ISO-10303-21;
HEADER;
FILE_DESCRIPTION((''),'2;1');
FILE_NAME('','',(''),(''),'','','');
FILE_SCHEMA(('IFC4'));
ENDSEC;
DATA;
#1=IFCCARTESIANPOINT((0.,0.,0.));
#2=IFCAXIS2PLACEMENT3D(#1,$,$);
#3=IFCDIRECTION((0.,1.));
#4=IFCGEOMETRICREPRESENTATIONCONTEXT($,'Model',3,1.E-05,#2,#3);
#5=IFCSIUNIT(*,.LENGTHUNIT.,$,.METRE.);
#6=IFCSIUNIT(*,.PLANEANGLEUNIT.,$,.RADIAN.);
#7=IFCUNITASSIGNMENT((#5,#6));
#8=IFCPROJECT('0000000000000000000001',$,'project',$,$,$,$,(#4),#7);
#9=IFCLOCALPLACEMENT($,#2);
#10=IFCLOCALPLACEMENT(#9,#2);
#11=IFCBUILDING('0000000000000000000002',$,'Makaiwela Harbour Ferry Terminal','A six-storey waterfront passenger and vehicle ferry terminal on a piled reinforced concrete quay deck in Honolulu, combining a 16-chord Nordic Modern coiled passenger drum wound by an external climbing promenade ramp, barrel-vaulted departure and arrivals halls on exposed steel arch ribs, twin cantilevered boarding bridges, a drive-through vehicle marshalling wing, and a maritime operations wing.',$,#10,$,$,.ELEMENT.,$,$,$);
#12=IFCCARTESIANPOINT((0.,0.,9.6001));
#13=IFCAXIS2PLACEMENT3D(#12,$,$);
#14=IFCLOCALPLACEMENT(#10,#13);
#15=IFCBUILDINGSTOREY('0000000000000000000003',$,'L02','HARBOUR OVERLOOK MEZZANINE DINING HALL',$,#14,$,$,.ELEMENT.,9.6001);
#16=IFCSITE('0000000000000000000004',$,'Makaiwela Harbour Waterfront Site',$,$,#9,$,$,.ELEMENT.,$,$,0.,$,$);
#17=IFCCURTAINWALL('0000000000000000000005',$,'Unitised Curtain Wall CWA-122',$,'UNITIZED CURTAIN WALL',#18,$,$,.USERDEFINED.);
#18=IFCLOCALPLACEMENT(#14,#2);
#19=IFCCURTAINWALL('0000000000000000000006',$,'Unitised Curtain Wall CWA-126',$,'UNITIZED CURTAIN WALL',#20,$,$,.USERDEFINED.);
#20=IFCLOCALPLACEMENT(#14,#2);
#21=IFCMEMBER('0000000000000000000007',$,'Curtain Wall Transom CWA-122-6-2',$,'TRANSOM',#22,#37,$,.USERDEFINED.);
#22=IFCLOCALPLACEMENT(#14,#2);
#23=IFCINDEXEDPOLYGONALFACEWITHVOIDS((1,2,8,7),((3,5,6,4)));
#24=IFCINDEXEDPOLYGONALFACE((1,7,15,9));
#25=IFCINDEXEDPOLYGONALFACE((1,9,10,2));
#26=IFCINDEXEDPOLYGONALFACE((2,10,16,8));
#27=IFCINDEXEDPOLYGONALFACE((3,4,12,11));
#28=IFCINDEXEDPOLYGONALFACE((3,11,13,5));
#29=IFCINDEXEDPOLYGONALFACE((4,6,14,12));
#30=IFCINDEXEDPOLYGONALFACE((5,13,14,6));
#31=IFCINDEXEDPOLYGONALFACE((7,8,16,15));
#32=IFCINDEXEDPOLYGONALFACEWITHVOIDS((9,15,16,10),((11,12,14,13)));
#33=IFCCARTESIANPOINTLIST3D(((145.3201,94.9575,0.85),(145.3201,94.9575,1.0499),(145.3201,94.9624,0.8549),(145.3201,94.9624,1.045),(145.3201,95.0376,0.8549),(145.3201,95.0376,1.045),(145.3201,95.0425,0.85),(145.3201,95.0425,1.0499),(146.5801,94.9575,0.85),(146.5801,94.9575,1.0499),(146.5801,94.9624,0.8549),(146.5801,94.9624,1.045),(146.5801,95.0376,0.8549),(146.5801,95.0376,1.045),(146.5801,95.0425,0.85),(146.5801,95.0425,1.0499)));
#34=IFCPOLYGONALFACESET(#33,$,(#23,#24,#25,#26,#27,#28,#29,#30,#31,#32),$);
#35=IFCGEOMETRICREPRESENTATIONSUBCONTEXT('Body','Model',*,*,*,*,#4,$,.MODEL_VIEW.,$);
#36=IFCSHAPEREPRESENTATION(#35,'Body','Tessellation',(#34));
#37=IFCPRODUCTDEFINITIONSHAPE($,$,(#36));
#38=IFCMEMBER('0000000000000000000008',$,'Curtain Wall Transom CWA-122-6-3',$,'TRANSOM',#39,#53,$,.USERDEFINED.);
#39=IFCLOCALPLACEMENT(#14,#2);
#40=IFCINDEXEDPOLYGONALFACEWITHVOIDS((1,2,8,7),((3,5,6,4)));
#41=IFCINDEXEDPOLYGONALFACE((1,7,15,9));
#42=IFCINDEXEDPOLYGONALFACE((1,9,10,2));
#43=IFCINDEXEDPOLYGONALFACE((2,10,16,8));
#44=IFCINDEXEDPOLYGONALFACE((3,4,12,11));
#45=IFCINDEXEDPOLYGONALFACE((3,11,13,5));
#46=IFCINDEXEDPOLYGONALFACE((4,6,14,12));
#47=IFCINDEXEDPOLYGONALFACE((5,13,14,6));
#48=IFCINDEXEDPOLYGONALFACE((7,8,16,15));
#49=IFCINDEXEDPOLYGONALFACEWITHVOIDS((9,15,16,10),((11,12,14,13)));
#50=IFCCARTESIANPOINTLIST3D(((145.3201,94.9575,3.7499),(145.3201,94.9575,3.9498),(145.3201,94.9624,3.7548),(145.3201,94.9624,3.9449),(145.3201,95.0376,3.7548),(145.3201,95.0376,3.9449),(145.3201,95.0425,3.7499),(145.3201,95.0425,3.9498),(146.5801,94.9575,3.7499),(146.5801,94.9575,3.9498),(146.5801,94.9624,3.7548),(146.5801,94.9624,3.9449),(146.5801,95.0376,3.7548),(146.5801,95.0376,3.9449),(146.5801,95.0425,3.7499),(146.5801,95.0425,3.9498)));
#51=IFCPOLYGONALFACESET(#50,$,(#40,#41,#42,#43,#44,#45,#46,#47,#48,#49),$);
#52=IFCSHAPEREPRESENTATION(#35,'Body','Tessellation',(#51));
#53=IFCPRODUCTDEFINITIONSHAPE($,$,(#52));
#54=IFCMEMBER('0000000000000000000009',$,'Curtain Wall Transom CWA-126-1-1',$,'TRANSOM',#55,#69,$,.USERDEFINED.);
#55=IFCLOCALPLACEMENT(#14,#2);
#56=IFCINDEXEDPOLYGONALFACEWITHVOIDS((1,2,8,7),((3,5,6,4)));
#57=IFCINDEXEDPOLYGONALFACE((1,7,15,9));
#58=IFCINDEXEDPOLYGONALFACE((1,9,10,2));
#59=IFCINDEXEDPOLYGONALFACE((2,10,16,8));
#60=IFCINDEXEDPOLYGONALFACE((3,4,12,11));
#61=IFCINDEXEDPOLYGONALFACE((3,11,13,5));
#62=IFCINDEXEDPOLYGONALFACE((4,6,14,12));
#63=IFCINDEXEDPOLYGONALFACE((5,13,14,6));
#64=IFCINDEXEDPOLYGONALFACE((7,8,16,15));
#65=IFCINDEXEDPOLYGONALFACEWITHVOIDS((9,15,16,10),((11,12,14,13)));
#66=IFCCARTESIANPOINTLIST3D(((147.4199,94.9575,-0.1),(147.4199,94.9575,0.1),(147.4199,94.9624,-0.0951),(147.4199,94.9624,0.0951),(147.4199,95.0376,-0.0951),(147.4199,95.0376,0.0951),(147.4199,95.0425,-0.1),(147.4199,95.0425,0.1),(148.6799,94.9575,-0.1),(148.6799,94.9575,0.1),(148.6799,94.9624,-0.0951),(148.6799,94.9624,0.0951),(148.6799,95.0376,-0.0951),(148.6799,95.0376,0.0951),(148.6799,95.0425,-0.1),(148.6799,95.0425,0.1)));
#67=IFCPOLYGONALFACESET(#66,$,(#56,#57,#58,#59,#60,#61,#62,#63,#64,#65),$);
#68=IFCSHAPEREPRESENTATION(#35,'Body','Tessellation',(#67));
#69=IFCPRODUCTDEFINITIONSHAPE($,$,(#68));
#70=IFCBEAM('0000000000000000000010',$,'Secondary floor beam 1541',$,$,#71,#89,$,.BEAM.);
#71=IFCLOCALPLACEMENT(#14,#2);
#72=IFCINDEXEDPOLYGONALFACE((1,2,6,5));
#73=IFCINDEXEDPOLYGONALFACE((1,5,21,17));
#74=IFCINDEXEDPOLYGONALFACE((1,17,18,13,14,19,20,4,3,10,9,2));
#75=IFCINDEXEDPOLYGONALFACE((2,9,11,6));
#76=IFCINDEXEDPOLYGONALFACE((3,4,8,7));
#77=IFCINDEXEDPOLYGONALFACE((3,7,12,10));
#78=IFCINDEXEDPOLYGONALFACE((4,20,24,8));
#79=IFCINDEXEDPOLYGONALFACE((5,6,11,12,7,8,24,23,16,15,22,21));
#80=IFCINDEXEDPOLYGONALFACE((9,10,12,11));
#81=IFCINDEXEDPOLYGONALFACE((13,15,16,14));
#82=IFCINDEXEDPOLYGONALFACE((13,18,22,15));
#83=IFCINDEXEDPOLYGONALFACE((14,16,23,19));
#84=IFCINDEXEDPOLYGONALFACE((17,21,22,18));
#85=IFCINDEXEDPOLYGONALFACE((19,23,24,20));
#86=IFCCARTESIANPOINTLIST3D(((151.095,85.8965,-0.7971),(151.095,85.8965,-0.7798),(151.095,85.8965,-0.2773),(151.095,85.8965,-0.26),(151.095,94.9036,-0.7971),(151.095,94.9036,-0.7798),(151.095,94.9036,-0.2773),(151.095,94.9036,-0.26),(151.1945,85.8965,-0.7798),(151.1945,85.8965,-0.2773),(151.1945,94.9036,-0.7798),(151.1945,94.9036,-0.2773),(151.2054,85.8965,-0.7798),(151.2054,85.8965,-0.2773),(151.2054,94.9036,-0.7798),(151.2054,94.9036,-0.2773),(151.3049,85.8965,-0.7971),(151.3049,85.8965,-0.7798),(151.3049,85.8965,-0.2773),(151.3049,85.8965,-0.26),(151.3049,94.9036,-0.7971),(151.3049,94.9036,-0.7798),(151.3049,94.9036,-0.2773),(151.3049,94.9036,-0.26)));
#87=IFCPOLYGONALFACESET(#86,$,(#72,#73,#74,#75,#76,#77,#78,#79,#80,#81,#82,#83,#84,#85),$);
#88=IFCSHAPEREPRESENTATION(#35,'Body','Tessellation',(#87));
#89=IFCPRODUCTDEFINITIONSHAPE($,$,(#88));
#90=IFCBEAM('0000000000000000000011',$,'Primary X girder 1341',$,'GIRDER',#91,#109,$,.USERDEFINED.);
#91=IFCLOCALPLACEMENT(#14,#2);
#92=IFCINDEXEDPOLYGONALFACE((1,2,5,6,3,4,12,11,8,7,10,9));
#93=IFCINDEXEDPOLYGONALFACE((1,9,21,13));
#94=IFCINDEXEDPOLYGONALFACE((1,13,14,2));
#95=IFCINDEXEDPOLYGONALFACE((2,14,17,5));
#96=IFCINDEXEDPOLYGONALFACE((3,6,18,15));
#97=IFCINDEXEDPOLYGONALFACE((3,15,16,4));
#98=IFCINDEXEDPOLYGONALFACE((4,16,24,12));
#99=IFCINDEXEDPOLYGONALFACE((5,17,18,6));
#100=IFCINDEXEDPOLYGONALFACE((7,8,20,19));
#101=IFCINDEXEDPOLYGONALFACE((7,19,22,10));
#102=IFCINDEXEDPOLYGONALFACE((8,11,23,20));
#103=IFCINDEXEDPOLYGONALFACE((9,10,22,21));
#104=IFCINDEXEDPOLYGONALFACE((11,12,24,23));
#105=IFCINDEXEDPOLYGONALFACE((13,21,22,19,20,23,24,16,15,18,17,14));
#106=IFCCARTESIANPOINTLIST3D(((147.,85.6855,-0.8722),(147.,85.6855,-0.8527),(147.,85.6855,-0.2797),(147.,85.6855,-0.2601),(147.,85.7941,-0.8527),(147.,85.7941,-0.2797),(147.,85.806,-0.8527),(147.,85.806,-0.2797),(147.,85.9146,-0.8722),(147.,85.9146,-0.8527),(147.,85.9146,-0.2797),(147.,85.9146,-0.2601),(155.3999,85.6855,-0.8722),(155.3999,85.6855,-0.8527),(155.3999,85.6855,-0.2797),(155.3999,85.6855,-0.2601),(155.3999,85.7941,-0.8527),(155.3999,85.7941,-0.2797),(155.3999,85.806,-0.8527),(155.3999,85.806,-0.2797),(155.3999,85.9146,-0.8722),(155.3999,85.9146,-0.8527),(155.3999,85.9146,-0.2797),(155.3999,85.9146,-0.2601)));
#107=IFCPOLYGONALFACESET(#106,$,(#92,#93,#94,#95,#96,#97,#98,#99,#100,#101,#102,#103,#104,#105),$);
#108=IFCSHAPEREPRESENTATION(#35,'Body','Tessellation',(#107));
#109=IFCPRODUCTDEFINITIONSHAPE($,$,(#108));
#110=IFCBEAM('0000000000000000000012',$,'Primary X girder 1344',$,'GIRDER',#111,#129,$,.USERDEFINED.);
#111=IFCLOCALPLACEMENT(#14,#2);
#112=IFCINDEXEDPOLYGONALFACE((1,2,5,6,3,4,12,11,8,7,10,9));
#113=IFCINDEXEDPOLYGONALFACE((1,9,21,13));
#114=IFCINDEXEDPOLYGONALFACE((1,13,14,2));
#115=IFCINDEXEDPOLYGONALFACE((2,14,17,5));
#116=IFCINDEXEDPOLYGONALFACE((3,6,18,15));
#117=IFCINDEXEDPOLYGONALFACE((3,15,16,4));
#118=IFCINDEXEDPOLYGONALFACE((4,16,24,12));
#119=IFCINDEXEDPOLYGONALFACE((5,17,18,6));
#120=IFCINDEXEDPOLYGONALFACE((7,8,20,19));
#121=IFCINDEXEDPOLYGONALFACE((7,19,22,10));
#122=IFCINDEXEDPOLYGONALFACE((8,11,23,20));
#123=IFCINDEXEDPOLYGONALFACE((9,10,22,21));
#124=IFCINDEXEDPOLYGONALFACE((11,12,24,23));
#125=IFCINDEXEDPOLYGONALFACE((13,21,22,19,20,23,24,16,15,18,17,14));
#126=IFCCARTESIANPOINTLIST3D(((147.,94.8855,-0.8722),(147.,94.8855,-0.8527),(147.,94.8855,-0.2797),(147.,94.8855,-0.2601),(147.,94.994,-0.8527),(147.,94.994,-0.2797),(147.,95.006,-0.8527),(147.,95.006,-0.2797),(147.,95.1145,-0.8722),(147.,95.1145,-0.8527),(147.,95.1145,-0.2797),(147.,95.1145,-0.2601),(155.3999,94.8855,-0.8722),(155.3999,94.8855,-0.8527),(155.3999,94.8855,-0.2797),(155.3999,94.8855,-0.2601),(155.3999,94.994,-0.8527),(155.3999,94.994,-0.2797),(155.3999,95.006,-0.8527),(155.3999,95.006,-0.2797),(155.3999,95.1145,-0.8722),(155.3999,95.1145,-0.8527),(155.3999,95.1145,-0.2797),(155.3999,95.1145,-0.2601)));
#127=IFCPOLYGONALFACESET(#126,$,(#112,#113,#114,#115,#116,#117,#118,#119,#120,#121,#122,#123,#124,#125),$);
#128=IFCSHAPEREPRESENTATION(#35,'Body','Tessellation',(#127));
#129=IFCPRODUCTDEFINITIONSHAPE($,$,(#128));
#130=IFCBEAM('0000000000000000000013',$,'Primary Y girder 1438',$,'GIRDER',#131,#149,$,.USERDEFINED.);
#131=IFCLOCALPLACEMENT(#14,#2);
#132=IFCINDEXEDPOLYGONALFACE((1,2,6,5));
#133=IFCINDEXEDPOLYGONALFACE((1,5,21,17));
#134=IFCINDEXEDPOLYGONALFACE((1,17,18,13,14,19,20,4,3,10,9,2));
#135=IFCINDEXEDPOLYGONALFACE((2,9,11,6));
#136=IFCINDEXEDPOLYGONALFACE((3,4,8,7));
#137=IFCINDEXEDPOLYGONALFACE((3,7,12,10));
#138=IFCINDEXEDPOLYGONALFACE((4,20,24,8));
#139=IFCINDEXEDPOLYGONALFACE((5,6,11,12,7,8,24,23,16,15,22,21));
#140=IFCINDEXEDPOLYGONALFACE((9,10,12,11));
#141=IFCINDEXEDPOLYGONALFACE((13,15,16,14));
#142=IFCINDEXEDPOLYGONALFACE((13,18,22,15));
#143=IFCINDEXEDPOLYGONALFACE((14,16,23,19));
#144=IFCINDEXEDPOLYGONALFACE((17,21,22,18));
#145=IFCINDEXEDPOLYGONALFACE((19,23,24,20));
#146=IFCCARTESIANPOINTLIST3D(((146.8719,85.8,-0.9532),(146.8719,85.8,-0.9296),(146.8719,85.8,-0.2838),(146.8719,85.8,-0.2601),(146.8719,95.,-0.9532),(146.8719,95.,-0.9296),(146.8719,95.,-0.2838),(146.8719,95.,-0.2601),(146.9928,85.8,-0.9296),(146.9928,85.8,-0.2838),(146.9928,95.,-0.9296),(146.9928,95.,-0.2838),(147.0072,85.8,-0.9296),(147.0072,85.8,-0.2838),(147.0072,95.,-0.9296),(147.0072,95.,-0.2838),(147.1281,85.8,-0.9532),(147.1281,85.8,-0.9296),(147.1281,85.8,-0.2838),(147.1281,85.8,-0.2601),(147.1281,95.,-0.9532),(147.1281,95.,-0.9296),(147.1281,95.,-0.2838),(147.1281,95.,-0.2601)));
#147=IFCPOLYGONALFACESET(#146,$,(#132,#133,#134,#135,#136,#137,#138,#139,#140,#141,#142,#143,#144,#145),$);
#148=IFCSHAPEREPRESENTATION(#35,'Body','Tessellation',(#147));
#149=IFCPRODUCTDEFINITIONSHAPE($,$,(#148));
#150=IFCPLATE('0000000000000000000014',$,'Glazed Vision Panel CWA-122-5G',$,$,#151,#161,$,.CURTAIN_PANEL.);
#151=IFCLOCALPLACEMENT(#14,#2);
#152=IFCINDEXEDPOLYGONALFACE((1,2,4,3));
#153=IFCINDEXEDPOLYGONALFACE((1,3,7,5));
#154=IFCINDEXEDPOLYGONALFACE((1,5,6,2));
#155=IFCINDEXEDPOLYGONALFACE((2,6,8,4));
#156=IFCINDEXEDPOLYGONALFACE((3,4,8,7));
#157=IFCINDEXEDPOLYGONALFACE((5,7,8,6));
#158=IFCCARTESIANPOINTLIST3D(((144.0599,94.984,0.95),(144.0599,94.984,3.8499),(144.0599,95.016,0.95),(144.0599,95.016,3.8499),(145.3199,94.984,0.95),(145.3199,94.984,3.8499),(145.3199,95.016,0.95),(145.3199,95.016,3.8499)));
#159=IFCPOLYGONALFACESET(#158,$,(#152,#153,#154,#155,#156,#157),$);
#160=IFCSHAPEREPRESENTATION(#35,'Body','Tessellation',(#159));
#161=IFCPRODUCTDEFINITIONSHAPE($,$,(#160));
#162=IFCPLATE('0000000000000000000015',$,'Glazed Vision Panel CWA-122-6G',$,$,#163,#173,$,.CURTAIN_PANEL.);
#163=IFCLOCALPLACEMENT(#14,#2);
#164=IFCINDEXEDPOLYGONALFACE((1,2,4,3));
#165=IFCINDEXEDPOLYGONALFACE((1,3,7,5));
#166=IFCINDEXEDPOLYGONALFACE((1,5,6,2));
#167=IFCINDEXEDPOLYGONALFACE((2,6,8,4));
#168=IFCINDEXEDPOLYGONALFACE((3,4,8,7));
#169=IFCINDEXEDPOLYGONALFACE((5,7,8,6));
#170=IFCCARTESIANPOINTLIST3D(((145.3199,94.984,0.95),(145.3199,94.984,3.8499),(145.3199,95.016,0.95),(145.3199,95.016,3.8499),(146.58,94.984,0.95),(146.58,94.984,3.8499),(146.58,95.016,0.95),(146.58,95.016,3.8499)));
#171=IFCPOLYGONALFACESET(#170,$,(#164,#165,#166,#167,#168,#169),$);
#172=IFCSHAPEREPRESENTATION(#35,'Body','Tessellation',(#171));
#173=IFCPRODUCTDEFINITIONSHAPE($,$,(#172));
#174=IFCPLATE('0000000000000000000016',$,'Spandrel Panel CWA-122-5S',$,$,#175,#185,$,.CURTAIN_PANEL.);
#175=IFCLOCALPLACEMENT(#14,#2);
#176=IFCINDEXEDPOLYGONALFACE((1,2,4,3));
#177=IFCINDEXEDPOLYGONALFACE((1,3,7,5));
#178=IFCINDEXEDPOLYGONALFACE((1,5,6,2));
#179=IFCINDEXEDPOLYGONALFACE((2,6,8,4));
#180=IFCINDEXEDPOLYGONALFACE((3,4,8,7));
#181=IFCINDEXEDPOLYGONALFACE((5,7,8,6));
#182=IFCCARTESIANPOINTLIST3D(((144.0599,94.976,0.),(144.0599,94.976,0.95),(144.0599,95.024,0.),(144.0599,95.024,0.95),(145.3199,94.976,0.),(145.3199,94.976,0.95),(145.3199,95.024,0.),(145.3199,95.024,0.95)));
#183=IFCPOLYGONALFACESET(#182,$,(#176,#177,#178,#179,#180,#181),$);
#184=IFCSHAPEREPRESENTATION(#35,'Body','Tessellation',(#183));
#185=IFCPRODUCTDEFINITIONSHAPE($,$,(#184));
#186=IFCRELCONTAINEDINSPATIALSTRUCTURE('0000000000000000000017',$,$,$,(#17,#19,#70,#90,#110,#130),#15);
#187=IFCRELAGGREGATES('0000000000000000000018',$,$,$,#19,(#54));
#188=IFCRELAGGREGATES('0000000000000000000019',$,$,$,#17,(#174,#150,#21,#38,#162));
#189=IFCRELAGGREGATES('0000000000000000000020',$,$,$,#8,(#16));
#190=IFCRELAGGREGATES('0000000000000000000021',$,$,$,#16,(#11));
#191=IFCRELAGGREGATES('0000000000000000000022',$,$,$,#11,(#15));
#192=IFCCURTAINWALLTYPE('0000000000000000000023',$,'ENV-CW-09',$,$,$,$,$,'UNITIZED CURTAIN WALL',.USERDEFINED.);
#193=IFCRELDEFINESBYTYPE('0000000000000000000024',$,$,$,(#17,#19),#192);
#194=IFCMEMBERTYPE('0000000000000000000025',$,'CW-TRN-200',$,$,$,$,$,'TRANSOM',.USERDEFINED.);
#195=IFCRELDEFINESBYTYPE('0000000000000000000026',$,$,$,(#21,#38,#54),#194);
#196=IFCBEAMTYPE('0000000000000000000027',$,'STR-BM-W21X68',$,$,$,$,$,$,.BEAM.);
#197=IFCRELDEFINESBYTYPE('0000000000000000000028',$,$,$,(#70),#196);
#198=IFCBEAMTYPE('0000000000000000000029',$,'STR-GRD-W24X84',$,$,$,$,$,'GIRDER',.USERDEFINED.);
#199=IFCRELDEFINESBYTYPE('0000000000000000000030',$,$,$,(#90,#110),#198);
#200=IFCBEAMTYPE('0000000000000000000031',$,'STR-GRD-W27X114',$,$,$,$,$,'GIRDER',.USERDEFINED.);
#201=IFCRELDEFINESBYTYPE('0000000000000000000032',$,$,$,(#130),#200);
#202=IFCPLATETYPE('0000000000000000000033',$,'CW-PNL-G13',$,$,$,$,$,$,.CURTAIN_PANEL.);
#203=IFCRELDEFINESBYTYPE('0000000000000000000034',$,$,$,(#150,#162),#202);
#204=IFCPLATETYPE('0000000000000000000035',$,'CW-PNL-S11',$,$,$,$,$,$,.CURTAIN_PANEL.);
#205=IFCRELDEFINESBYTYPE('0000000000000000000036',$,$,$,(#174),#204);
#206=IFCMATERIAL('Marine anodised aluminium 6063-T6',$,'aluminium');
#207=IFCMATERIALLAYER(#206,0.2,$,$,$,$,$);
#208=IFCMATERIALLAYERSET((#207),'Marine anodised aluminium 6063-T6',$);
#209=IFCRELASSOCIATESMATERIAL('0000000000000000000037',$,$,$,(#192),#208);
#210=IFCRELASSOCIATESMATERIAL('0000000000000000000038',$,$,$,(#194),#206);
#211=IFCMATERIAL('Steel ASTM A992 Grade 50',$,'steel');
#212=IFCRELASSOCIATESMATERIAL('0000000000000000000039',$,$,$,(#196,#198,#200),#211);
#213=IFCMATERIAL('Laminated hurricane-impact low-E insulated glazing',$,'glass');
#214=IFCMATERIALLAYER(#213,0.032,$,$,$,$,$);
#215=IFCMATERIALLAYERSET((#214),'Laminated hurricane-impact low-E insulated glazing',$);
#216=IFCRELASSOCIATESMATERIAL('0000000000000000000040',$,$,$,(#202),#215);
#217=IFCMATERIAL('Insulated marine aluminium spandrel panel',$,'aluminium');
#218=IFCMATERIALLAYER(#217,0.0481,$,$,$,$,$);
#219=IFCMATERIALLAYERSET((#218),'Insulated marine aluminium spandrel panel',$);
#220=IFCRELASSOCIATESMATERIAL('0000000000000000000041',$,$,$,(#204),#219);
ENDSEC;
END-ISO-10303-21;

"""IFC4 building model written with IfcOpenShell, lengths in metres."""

from ifc_helpers import new_model, si_unit, direction, frame, origin, origin_2d, place, context, subcontext, project, spatial, rectangle, hollow_rectangle, i_section, extrude, material, layer, layer_set, material_profile, profile_set, type_object, element, aggregate, save


model = new_model("IFC4")

# Units and contexts
model_context = context("Model", 3, precision=1e-05, world=origin(), true_north=direction((0.0, 1.0)))
body_context = subcontext(model_context, "Body", "Model", "MODEL_VIEW")
ifc_project = project(units=[si_unit("LENGTHUNIT", "METRE"), si_unit("PLANEANGLEUNIT", "RADIAN")], contexts=[model_context])

# Site, building, storey
site_placement = place(None, origin())
site = spatial("IfcSite", under=ifc_project, at=site_placement, Name="Makaiwela Harbour Waterfront Site", CompositionType="ELEMENT", RefElevation=0.0)
building_placement = place(site_placement, origin())
building = spatial("IfcBuilding", under=site, at=building_placement, Name="Makaiwela Harbour Ferry Terminal", Description="A six-storey waterfront passenger and vehicle ferry terminal on a piled reinforced concrete quay deck in Honolulu, combining a 16-chord Nordic Modern coiled passenger drum wound by an external climbing promenade ramp, barrel-vaulted departure and arrivals halls on exposed steel arch ribs, twin cantilevered boarding bridges, a drive-through vehicle marshalling wing, and a maritime operations wing.", CompositionType="ELEMENT")
storey_placement = place(building_placement, frame((0.0, 0.0, 9.6001)))
storey = spatial("IfcBuildingStorey", under=building, at=storey_placement, Name="L02", Description="HARBOUR OVERLOOK MEZZANINE DINING HALL", CompositionType="ELEMENT", Elevation=9.6001)

# Shared definitions
ifc_material_1 = material(Name="Steel ASTM A992 Grade 50", Category="steel")

# Curtain wall
ifc_material_2 = material(Name="Marine anodised aluminium 6063-T6", Category="aluminium")
ifc_layer_1 = layer(ifc_material_2, 0.2)
ifc_layer_set_1 = layer_set([ifc_layer_1], Name="Marine anodised aluminium 6063-T6")
curtain_wall_type = type_object("IfcCurtainWallType", Name="ENV-CW-09", ElementType="UNITIZED CURTAIN WALL", PredefinedType="USERDEFINED", material=ifc_layer_set_1)
curtain_wall_1_placement = place(storey_placement, origin())
curtain_wall_1 = element("IfcCurtainWall", 1, at=curtain_wall_1_placement, inside=storey, type_object=curtain_wall_type, Name="Unitised Curtain Wall CWA-122", ObjectType="UNITIZED CURTAIN WALL", PredefinedType="USERDEFINED")

# Curtain wall
curtain_wall_2_placement = place(storey_placement, origin())
curtain_wall_2 = element("IfcCurtainWall", 2, at=curtain_wall_2_placement, inside=storey, type_object=curtain_wall_type, Name="Unitised Curtain Wall CWA-126", ObjectType="UNITIZED CURTAIN WALL", PredefinedType="USERDEFINED")

# Members
ifc_material_profile_1 = material_profile(ifc_material_2, hollow_rectangle(XDim=0.085, YDim=0.2, WallThickness=0.0049, at=origin_2d()), Name="CWT-200X85")
ifc_profile_set_1 = profile_set([ifc_material_profile_1], Name="Marine anodised aluminium 6063-T6")
member_type_1 = type_object("IfcMemberType", Name="CW-TRN-200", ElementType="TRANSOM", PredefinedType="USERDEFINED", material=ifc_profile_set_1)
member_1_placement = place(storey_placement, frame((145.3201, 95.0, 0.95), z_axis=(1.0, 0.0, 0.0), x_axis=(0.0, 1.0, 0.0)))
member_1 = element("IfcMember", 3, at=member_1_placement, type_object=member_type_1, Name="Curtain Wall Transom CWA-122-6-2", ObjectType="TRANSOM", PredefinedType="USERDEFINED", context=body_context, shape_type="SweptSolid", body=[
    extrude(hollow_rectangle(XDim=0.085, YDim=0.2, WallThickness=0.0049, at=origin_2d()), origin(), (0.0, 0.0, 1.0), 1.26),
])
member_2_placement = place(storey_placement, frame((145.3201, 95.0, 3.8499), z_axis=(1.0, 0.0, 0.0), x_axis=(0.0, 1.0, 0.0)))
member_2 = element("IfcMember", 4, at=member_2_placement, type_object=member_type_1, Name="Curtain Wall Transom CWA-122-6-3", ObjectType="TRANSOM", PredefinedType="USERDEFINED", context=body_context, shape_type="SweptSolid", body=[
    extrude(hollow_rectangle(XDim=0.085, YDim=0.2, WallThickness=0.0049, at=origin_2d()), origin(), (0.0, 0.0, 1.0), 1.26),
])
member_3_placement = place(storey_placement, frame((147.4199, 95.0, 0.0), z_axis=(1.0, 0.0, 0.0), x_axis=(0.0, 1.0, 0.0)))
member_3 = element("IfcMember", 5, at=member_3_placement, type_object=member_type_1, Name="Curtain Wall Transom CWA-126-1-1", ObjectType="TRANSOM", PredefinedType="USERDEFINED", context=body_context, shape_type="SweptSolid", body=[
    extrude(hollow_rectangle(XDim=0.085, YDim=0.2, WallThickness=0.0049, at=origin_2d()), origin(), (0.0, 0.0, 1.0), 1.26),
])
aggregate(curtain_wall_2, [member_3])

# Beams
ifc_material_profile_2 = material_profile(ifc_material_1, i_section(OverallWidth=0.21, OverallDepth=0.5371, WebThickness=0.011, FlangeThickness=0.0173, at=origin_2d()), Name="W21X68")
ifc_profile_set_2 = profile_set([ifc_material_profile_2], Name="Steel ASTM A992 Grade 50")
beam_type_1 = type_object("IfcBeamType", Name="STR-BM-W21X68", PredefinedType="BEAM", material=ifc_profile_set_2)
beam_1_placement = place(storey_placement, frame((151.2, 85.8965, -0.5286), z_axis=(0.0, 1.0, 0.0), x_axis=(-1.0, 0.0, 0.0)))
element("IfcBeam", 6, at=beam_1_placement, inside=storey, type_object=beam_type_1, Name="Secondary floor beam 1541", PredefinedType="BEAM", context=body_context, shape_type="SweptSolid", body=[
    extrude(i_section(OverallWidth=0.21, OverallDepth=0.5371, WebThickness=0.011, FlangeThickness=0.0173, at=origin_2d()), origin(), (0.0, 0.0, 1.0), 9.0071),
])
ifc_material_profile_3 = material_profile(ifc_material_1, i_section(OverallWidth=0.229, OverallDepth=0.6121, WebThickness=0.012, FlangeThickness=0.0195, at=origin_2d()), Name="W24X84")
ifc_profile_set_3 = profile_set([ifc_material_profile_3], Name="Steel ASTM A992 Grade 50")
beam_type_2 = type_object("IfcBeamType", Name="STR-GRD-W24X84", ElementType="GIRDER", PredefinedType="USERDEFINED", material=ifc_profile_set_3)
for number, where, z_axis, x_axis, name in (
    (7, (147.0, 85.8, -0.5662), (1.0, 0.0, 0.0), (0.0, 1.0, 0.0), "Primary X girder 1341"),
    (8, (147.0, 95.0, -0.5662), (1.0, 0.0, 0.0), (0.0, 1.0, 0.0), "Primary X girder 1344"),
):
    element("IfcBeam", number, at=place(storey_placement, frame(where, z_axis=z_axis, x_axis=x_axis)), inside=storey, type_object=beam_type_2, Name=name, ObjectType="GIRDER", PredefinedType="USERDEFINED", context=body_context, shape_type="SweptSolid", body=[
        extrude(i_section(OverallWidth=0.229, OverallDepth=0.6121, WebThickness=0.012, FlangeThickness=0.0195, at=origin_2d()), origin(), (0.0, 0.0, 1.0), 8.3999),
    ])
ifc_material_profile_4 = material_profile(ifc_material_1, i_section(OverallWidth=0.2561, OverallDepth=0.6931, WebThickness=0.0144, FlangeThickness=0.0237, at=origin_2d()), Name="W27X114")
ifc_profile_set_4 = profile_set([ifc_material_profile_4], Name="Steel ASTM A992 Grade 50")
beam_type_3 = type_object("IfcBeamType", Name="STR-GRD-W27X114", ElementType="GIRDER", PredefinedType="USERDEFINED", material=ifc_profile_set_4)
beam_2_placement = place(storey_placement, frame((147.0, 85.8, -0.6067), z_axis=(0.0, 1.0, 0.0), x_axis=(-1.0, 0.0, 0.0)))
element("IfcBeam", 9, at=beam_2_placement, inside=storey, type_object=beam_type_3, Name="Primary Y girder 1438", ObjectType="GIRDER", PredefinedType="USERDEFINED", context=body_context, shape_type="SweptSolid", body=[
    extrude(i_section(OverallWidth=0.2561, OverallDepth=0.6931, WebThickness=0.0144, FlangeThickness=0.0237, at=origin_2d()), origin(), (0.0, 0.0, 1.0), 9.2),
])

# Plates
ifc_material_3 = material(Name="Laminated hurricane-impact low-E insulated glazing", Category="glass")
ifc_layer_2 = layer(ifc_material_3, 0.032)
ifc_layer_set_2 = layer_set([ifc_layer_2], Name="Laminated hurricane-impact low-E insulated glazing")
plate_type_1 = type_object("IfcPlateType", Name="CW-PNL-G13", PredefinedType="CURTAIN_PANEL", material=ifc_layer_set_2)
plate_1_placement = place(storey_placement, frame((144.6899, 95.0, 0.95), z_axis=(0.0, 0.0, 1.0), x_axis=(1.0, 0.0, 0.0)))
plate_1 = element("IfcPlate", 10, at=plate_1_placement, type_object=plate_type_1, Name="Glazed Vision Panel CWA-122-5G", PredefinedType="CURTAIN_PANEL", context=body_context, shape_type="SweptSolid", body=[
    extrude(rectangle(XDim=1.26, YDim=0.032, at=origin_2d()), origin(), (0.0, 0.0, 1.0), 2.8999),
])
plate_2_placement = place(storey_placement, frame((145.95, 95.0, 0.95), z_axis=(0.0, 0.0, 1.0), x_axis=(1.0, 0.0, 0.0)))
plate_2 = element("IfcPlate", 11, at=plate_2_placement, type_object=plate_type_1, Name="Glazed Vision Panel CWA-122-6G", PredefinedType="CURTAIN_PANEL", context=body_context, shape_type="SweptSolid", body=[
    extrude(rectangle(XDim=1.26, YDim=0.032, at=origin_2d()), origin(), (0.0, 0.0, 1.0), 2.8999),
])
ifc_material_4 = material(Name="Insulated marine aluminium spandrel panel", Category="aluminium")
ifc_layer_3 = layer(ifc_material_4, 0.0481)
ifc_layer_set_3 = layer_set([ifc_layer_3], Name="Insulated marine aluminium spandrel panel")
plate_type_2 = type_object("IfcPlateType", Name="CW-PNL-S11", PredefinedType="CURTAIN_PANEL", material=ifc_layer_set_3)
plate_3_placement = place(storey_placement, frame((144.6899, 95.0, 0.0), z_axis=(0.0, 0.0, 1.0), x_axis=(1.0, 0.0, 0.0)))
plate_3 = element("IfcPlate", 12, at=plate_3_placement, type_object=plate_type_2, Name="Spandrel Panel CWA-122-5S", PredefinedType="CURTAIN_PANEL", context=body_context, shape_type="SweptSolid", body=[
    extrude(rectangle(XDim=1.26, YDim=0.0481, at=origin_2d()), origin(), (0.0, 0.0, 1.0), 0.95),
])
aggregate(curtain_wall_1, [plate_3, plate_1, member_1, member_2, plate_2])

save(model, "model.ifc")
